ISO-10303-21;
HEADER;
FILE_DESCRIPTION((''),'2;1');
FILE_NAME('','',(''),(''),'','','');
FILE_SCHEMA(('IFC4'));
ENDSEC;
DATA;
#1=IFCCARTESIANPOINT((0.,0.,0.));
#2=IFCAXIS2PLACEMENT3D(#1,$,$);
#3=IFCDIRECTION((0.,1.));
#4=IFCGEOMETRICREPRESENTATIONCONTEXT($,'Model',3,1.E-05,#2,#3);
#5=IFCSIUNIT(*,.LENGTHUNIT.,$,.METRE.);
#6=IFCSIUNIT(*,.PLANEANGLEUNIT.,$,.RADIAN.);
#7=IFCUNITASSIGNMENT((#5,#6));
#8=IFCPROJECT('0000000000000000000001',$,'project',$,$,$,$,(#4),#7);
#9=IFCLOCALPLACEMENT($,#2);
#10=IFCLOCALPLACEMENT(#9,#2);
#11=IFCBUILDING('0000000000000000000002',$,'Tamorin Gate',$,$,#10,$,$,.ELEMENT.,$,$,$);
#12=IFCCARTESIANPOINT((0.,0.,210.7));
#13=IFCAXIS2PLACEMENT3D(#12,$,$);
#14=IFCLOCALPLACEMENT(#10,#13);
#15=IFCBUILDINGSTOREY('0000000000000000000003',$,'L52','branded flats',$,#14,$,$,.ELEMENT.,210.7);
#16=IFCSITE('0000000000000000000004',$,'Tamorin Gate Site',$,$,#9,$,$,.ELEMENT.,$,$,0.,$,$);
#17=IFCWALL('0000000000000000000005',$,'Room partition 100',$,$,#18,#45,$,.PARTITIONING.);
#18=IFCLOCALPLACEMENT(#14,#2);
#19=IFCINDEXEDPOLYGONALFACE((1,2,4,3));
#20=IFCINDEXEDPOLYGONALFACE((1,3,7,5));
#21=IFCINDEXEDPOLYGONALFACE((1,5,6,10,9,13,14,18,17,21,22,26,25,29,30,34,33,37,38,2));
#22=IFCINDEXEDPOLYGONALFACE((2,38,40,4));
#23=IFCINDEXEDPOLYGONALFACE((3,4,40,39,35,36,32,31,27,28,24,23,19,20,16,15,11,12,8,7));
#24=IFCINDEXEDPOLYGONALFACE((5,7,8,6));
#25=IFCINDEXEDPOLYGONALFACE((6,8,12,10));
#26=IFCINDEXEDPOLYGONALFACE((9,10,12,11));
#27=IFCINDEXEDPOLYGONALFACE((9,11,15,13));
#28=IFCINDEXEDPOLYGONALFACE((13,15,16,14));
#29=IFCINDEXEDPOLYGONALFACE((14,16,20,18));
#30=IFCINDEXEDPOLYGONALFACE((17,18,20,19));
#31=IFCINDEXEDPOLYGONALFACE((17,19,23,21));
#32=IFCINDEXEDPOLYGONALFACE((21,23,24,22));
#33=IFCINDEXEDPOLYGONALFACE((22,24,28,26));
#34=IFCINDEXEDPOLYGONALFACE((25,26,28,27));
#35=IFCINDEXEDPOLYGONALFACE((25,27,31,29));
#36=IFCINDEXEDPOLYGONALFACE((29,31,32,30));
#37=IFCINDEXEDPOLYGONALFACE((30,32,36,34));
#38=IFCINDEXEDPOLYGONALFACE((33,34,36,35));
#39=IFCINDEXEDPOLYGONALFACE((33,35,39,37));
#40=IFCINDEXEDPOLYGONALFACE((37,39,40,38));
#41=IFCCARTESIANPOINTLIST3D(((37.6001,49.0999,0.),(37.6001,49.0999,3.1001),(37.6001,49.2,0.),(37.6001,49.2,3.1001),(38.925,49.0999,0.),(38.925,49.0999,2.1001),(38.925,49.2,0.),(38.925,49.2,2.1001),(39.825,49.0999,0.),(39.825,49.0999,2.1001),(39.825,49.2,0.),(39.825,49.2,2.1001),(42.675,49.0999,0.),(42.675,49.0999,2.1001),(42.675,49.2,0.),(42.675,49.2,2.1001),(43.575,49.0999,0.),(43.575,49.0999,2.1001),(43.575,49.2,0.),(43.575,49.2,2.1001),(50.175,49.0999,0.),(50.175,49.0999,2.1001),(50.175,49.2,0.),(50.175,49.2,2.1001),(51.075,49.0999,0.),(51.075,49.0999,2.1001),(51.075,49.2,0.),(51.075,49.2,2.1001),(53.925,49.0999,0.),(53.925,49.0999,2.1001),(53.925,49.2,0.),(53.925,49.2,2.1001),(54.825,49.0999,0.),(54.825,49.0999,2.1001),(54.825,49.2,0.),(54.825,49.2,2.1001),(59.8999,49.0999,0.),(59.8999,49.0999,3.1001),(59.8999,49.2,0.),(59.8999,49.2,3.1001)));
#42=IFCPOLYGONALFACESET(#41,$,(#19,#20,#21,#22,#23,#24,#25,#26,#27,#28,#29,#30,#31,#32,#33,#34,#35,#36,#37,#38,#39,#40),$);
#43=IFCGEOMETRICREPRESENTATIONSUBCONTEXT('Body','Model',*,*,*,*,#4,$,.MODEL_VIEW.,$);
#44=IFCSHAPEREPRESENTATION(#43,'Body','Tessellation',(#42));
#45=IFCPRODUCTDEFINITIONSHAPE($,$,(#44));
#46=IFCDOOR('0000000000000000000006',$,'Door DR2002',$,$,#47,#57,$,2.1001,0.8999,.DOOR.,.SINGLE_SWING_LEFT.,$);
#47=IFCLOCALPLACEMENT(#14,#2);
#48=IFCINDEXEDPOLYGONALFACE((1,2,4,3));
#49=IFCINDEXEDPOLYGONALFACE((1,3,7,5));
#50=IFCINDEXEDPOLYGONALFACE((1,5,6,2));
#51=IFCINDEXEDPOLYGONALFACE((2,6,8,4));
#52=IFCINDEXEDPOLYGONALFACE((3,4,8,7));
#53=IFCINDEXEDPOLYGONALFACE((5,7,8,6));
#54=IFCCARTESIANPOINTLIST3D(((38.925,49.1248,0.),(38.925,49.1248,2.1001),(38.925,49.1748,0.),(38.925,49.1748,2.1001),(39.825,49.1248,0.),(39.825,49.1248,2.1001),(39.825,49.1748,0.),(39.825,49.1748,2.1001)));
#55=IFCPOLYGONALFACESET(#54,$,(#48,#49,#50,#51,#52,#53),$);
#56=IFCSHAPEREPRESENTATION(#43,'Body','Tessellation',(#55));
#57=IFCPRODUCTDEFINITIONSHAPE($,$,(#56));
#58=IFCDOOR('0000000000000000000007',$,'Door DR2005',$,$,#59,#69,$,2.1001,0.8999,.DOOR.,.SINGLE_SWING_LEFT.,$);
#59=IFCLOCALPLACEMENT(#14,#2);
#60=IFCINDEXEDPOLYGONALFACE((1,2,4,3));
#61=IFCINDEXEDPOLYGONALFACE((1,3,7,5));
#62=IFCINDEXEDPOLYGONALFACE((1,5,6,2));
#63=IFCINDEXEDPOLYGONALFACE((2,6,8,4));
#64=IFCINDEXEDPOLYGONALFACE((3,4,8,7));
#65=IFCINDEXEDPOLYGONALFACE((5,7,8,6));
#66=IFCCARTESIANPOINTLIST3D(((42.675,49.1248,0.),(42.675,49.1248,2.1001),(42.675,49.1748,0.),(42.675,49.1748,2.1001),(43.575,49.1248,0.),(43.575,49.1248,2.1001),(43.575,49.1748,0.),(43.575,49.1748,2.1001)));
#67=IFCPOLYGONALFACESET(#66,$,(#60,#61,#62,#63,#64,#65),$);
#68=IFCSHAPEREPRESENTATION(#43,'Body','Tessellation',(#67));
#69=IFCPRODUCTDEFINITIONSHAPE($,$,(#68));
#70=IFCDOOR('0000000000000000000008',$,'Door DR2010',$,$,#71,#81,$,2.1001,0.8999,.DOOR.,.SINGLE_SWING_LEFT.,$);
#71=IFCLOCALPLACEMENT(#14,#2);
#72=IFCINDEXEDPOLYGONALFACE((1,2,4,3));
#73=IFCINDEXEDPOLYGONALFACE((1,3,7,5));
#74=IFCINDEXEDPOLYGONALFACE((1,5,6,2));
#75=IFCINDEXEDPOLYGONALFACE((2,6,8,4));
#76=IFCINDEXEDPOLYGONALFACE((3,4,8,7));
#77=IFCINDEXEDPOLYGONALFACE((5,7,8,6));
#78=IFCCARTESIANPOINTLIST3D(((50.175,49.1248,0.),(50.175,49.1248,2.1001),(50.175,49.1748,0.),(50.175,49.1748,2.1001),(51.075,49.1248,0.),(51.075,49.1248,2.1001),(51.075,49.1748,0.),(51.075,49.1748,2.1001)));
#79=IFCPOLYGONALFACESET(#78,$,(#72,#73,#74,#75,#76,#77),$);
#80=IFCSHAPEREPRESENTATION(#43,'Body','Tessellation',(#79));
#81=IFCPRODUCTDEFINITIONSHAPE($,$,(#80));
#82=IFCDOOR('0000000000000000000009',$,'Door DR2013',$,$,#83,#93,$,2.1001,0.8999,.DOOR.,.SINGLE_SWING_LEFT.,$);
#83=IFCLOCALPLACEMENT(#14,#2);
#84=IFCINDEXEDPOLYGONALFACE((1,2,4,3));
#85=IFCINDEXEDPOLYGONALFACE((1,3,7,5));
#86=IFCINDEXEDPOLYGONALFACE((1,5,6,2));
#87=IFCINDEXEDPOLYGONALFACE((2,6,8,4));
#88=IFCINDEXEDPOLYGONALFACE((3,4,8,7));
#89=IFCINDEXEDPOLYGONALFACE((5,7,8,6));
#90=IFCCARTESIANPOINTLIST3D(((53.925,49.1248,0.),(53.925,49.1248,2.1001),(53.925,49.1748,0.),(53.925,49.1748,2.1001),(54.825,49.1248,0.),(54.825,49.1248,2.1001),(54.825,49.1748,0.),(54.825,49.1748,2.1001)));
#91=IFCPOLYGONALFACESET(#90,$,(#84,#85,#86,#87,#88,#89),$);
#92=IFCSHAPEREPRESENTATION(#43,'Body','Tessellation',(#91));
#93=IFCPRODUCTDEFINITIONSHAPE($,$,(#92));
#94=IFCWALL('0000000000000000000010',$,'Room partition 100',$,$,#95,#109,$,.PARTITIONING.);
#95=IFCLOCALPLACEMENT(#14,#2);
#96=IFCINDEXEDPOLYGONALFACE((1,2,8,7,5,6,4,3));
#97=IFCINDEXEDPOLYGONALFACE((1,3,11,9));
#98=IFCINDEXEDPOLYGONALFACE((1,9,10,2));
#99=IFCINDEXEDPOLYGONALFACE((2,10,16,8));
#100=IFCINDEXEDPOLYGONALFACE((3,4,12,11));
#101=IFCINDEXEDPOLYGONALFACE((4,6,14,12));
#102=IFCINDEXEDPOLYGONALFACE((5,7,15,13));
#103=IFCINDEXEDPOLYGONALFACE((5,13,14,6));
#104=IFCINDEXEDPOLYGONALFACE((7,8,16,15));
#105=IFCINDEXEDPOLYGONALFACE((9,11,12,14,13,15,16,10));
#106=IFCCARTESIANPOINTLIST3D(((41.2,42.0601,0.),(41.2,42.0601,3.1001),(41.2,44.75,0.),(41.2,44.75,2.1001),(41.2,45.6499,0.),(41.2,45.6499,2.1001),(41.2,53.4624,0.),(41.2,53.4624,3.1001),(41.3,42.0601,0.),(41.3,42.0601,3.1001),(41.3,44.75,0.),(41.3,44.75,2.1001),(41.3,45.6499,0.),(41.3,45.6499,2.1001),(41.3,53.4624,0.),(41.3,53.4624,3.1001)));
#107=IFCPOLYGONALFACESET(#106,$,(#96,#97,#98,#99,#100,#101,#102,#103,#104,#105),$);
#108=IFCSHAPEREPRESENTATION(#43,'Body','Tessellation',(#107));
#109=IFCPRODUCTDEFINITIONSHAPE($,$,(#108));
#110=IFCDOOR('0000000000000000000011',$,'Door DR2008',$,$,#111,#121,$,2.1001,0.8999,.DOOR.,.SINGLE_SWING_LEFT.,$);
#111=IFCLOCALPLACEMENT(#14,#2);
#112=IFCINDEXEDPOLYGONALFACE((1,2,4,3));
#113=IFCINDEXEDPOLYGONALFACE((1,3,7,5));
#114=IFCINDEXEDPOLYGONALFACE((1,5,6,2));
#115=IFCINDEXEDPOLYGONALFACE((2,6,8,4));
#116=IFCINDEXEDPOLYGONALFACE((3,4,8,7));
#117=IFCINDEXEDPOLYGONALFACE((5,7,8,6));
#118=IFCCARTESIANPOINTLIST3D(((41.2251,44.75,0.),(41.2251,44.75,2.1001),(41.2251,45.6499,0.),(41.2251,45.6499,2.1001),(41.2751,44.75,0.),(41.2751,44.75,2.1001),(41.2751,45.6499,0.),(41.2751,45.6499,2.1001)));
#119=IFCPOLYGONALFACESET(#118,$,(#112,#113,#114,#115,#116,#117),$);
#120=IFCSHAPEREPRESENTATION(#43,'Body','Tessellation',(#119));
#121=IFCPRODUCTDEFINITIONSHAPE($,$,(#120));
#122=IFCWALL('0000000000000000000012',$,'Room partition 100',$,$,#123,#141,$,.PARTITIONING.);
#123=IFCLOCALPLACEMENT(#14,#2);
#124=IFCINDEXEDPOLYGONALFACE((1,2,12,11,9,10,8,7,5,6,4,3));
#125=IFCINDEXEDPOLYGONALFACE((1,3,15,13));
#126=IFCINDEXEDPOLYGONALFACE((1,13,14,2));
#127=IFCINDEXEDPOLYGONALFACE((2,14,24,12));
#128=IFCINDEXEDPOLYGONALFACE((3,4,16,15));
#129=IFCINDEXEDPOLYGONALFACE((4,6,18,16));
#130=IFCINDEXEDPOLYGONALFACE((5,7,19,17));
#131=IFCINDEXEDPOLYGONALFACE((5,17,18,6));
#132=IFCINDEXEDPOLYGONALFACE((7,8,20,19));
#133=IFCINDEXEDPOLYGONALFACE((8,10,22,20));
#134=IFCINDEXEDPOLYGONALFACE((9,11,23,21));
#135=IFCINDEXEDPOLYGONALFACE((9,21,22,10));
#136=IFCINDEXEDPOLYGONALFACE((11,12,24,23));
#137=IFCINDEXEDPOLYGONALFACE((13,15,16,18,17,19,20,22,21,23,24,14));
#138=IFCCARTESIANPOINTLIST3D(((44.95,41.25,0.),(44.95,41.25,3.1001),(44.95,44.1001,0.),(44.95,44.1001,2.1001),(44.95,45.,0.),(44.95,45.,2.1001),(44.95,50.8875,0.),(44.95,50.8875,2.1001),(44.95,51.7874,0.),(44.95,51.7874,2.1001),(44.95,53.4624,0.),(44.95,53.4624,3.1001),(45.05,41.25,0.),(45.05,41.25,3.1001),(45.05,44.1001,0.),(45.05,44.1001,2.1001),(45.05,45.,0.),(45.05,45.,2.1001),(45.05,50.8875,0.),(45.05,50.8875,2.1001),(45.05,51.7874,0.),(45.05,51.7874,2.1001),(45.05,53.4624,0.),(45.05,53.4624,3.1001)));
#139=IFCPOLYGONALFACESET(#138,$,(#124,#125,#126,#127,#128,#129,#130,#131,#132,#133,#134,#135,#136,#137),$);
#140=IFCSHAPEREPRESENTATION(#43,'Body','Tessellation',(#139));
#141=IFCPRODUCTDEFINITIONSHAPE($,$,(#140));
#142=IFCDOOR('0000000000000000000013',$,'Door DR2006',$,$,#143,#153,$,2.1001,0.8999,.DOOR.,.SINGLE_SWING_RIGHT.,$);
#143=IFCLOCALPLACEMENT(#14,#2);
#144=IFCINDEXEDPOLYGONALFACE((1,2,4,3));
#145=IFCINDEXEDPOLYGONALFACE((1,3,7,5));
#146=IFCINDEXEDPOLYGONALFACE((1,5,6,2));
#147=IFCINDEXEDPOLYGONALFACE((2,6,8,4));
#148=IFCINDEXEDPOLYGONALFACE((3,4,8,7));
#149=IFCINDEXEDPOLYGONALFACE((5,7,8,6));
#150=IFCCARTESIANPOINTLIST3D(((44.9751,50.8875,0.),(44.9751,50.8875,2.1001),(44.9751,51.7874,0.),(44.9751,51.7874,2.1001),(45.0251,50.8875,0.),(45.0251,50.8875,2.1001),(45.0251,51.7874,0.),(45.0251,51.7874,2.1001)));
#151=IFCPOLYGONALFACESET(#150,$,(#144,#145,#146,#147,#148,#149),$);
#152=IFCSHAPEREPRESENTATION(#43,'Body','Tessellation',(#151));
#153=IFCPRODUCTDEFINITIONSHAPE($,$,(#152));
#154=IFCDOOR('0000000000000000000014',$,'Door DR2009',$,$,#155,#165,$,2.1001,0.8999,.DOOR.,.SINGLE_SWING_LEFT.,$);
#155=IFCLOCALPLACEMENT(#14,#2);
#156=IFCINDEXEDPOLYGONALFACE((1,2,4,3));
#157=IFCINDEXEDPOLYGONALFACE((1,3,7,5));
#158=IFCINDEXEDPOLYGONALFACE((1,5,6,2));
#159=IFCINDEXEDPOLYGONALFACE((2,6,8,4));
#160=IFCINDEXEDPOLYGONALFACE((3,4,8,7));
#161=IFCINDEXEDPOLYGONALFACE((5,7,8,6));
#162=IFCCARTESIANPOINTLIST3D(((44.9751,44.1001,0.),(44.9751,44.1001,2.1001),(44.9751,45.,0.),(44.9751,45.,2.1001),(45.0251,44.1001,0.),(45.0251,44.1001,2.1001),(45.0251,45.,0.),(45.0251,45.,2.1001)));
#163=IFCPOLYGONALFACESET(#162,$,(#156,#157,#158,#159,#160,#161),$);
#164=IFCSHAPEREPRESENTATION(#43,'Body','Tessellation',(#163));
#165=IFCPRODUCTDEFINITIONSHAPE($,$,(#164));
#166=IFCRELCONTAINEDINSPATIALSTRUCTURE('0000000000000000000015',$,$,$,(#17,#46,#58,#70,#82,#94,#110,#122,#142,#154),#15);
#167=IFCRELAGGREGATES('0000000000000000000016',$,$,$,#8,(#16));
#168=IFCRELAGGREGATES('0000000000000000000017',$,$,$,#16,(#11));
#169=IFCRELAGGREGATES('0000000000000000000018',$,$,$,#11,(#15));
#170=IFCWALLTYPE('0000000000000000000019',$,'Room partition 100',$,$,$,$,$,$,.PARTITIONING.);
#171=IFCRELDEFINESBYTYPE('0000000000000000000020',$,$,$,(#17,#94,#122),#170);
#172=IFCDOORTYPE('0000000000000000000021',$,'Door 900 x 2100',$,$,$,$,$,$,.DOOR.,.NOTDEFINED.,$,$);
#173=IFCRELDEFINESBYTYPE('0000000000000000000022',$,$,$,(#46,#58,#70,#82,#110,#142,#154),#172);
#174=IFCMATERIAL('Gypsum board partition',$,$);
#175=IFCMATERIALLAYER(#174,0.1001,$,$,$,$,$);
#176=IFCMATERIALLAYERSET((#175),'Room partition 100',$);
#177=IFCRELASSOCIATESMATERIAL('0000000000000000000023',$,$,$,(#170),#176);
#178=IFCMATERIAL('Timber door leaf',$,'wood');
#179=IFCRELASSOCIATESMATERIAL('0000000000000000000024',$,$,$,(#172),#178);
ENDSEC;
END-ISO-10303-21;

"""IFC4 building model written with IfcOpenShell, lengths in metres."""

from ifc_helpers import new_model, si_unit, direction, frame, frame_2d, origin, place, context, subcontext, project, spatial, rectangle, extrude, material, layer, layer_set, type_object, element, fill, save


model = new_model("IFC4")

# Units and contexts
model_context = context("Model", 3, precision=1e-05, world=origin(), true_north=direction((0.0, 1.0)))
body_context = subcontext(model_context, "Body", "Model", "MODEL_VIEW")
ifc_project = project(units=[si_unit("LENGTHUNIT", "METRE"), si_unit("PLANEANGLEUNIT", "RADIAN")], contexts=[model_context])

# Site, building, storey
site_placement = place(None, origin())
site = spatial("IfcSite", under=ifc_project, at=site_placement, Name="Tamorin Gate Site", CompositionType="ELEMENT", RefElevation=0.0)
building_placement = place(site_placement, origin())
building = spatial("IfcBuilding", under=site, at=building_placement, Name="Tamorin Gate", CompositionType="ELEMENT")
storey_placement = place(building_placement, frame((0.0, 0.0, 210.7)))
storey = spatial("IfcBuildingStorey", under=building, at=storey_placement, Name="L52", Description="branded flats", CompositionType="ELEMENT", Elevation=210.7)

# Shared definitions
ifc_material_1 = material(Name="Gypsum board partition")

# Wall, openings, doors
ifc_layer_1 = layer(ifc_material_1, 0.1001)
ifc_layer_set_1 = layer_set([ifc_layer_1], Name="Room partition 100")
wall_type_1 = type_object("IfcWallType", Name="Room partition 100", PredefinedType="PARTITIONING", material=ifc_layer_set_1)
wall_1_placement = place(storey_placement, frame((37.6001, 49.1499, 0.0), z_axis=(0.0, 0.0, 1.0), x_axis=(1.0, 0.0, 0.0)))
wall_1 = element("IfcWall", 1, at=wall_1_placement, inside=storey, type_object=wall_type_1, Name="Room partition 100", PredefinedType="PARTITIONING", context=body_context, shape_type="SweptSolid", body=[
    extrude(rectangle(XDim=22.2998, YDim=0.1001, at=frame_2d((11.1499, 0.0))), origin(), (0.0, 0.0, 1.0), 3.1001),
])
opening_1_placement = place(wall_1_placement, frame((1.325, 0.0, 0.0)))
opening_1 = element("IfcOpeningElement", 2, at=opening_1_placement, cuts=wall_1, PredefinedType="OPENING", context=body_context, shape_type="SweptSolid", body=[
    extrude(rectangle(XDim=0.8999, YDim=2.1001, at=frame_2d((0.45, 1.05))), frame((0.0, 0.0601, 0.0), z_axis=(0.0, -1.0, 0.0), x_axis=(1.0, 0.0, 0.0)), (0.0, 0.0, 1.0), 0.1201),
])
opening_2_placement = place(wall_1_placement, frame((5.075, 0.0, 0.0)))
opening_2 = element("IfcOpeningElement", 3, at=opening_2_placement, cuts=wall_1, PredefinedType="OPENING", context=body_context, shape_type="SweptSolid", body=[
    extrude(rectangle(XDim=0.8999, YDim=2.1001, at=frame_2d((0.45, 1.05))), frame((0.0, 0.0601, 0.0), z_axis=(0.0, -1.0, 0.0), x_axis=(1.0, 0.0, 0.0)), (0.0, 0.0, 1.0), 0.1201),
])
opening_3_placement = place(wall_1_placement, frame((12.575, 0.0, 0.0)))
opening_3 = element("IfcOpeningElement", 4, at=opening_3_placement, cuts=wall_1, PredefinedType="OPENING", context=body_context, shape_type="SweptSolid", body=[
    extrude(rectangle(XDim=0.8999, YDim=2.1001, at=frame_2d((0.45, 1.05))), frame((0.0, 0.0601, 0.0), z_axis=(0.0, -1.0, 0.0), x_axis=(1.0, 0.0, 0.0)), (0.0, 0.0, 1.0), 0.1201),
])
opening_4_placement = place(wall_1_placement, frame((16.325, 0.0, 0.0)))
opening_4 = element("IfcOpeningElement", 5, at=opening_4_placement, cuts=wall_1, PredefinedType="OPENING", context=body_context, shape_type="SweptSolid", body=[
    extrude(rectangle(XDim=0.8999, YDim=2.1001, at=frame_2d((0.45, 1.05))), frame((0.0, 0.0601, 0.0), z_axis=(0.0, -1.0, 0.0), x_axis=(1.0, 0.0, 0.0)), (0.0, 0.0, 1.0), 0.1201),
])
ifc_material_2 = material(Name="Timber door leaf", Category="wood")
door_type = type_object("IfcDoorType", Name="Door 900 x 2100", OperationType="NOTDEFINED", PredefinedType="DOOR", material=ifc_material_2)
door_1_placement = place(opening_1_placement, origin())
door_1 = element("IfcDoor", 6, at=door_1_placement, inside=storey, type_object=door_type, Name="Door DR2002", OperationType="SINGLE_SWING_LEFT", OverallHeight=2.1001, OverallWidth=0.8999, PredefinedType="DOOR", context=body_context, shape_type="SweptSolid", body=[
    extrude(rectangle(XDim=0.8999, YDim=2.1001, at=frame_2d((0.45, 1.05))), frame((0.0, 0.0249, 0.0), z_axis=(0.0, -1.0, 0.0), x_axis=(1.0, 0.0, 0.0)), (0.0, 0.0, 1.0), 0.05),
])
fill(opening_1, door_1)
door_2_placement = place(opening_2_placement, origin())
door_2 = element("IfcDoor", 7, at=door_2_placement, inside=storey, type_object=door_type, Name="Door DR2005", OperationType="SINGLE_SWING_LEFT", OverallHeight=2.1001, OverallWidth=0.8999, PredefinedType="DOOR", context=body_context, shape_type="SweptSolid", body=[
    extrude(rectangle(XDim=0.8999, YDim=2.1001, at=frame_2d((0.45, 1.05))), frame((0.0, 0.0249, 0.0), z_axis=(0.0, -1.0, 0.0), x_axis=(1.0, 0.0, 0.0)), (0.0, 0.0, 1.0), 0.05),
])
fill(opening_2, door_2)
door_3_placement = place(opening_3_placement, origin())
door_3 = element("IfcDoor", 8, at=door_3_placement, inside=storey, type_object=door_type, Name="Door DR2010", OperationType="SINGLE_SWING_LEFT", OverallHeight=2.1001, OverallWidth=0.8999, PredefinedType="DOOR", context=body_context, shape_type="SweptSolid", body=[
    extrude(rectangle(XDim=0.8999, YDim=2.1001, at=frame_2d((0.45, 1.05))), frame((0.0, 0.0249, 0.0), z_axis=(0.0, -1.0, 0.0), x_axis=(1.0, 0.0, 0.0)), (0.0, 0.0, 1.0), 0.05),
])
fill(opening_3, door_3)
door_4_placement = place(opening_4_placement, origin())
door_4 = element("IfcDoor", 9, at=door_4_placement, inside=storey, type_object=door_type, Name="Door DR2013", OperationType="SINGLE_SWING_LEFT", OverallHeight=2.1001, OverallWidth=0.8999, PredefinedType="DOOR", context=body_context, shape_type="SweptSolid", body=[
    extrude(rectangle(XDim=0.8999, YDim=2.1001, at=frame_2d((0.45, 1.05))), frame((0.0, 0.0249, 0.0), z_axis=(0.0, -1.0, 0.0), x_axis=(1.0, 0.0, 0.0)), (0.0, 0.0, 1.0), 0.05),
])
fill(opening_4, door_4)

# Wall, opening, door
wall_2_placement = place(storey_placement, frame((41.25, 42.0601, 0.0), z_axis=(0.0, 0.0, 1.0), x_axis=(0.0, 1.0, 0.0)))
wall_2 = element("IfcWall", 10, at=wall_2_placement, inside=storey, type_object=wall_type_1, Name="Room partition 100", PredefinedType="PARTITIONING", context=body_context, shape_type="SweptSolid", body=[
    extrude(rectangle(XDim=11.4023, YDim=0.1001, at=frame_2d((5.7012, 0.0))), origin(), (0.0, 0.0, 1.0), 3.1001),
])
opening_5_placement = place(wall_2_placement, frame((2.6899, 0.0, 0.0)))
opening_5 = element("IfcOpeningElement", 11, at=opening_5_placement, cuts=wall_2, PredefinedType="OPENING", context=body_context, shape_type="SweptSolid", body=[
    extrude(rectangle(XDim=0.8999, YDim=2.1001, at=frame_2d((0.45, 1.05))), frame((0.0, 0.0601, 0.0), z_axis=(0.0, -1.0, 0.0), x_axis=(1.0, 0.0, 0.0)), (0.0, 0.0, 1.0), 0.1201),
])
door_5_placement = place(opening_5_placement, origin())
door_5 = element("IfcDoor", 12, at=door_5_placement, inside=storey, type_object=door_type, Name="Door DR2008", OperationType="SINGLE_SWING_LEFT", OverallHeight=2.1001, OverallWidth=0.8999, PredefinedType="DOOR", context=body_context, shape_type="SweptSolid", body=[
    extrude(rectangle(XDim=0.8999, YDim=2.1001, at=frame_2d((0.45, 1.05))), frame((0.0, 0.0249, 0.0), z_axis=(0.0, -1.0, 0.0), x_axis=(1.0, 0.0, 0.0)), (0.0, 0.0, 1.0), 0.05),
])
fill(opening_5, door_5)

# Wall, openings, doors
wall_3_placement = place(storey_placement, frame((45.0, 41.25, 0.0), z_axis=(0.0, 0.0, 1.0), x_axis=(0.0, 1.0, 0.0)))
wall_3 = element("IfcWall", 13, at=wall_3_placement, inside=storey, type_object=wall_type_1, Name="Room partition 100", PredefinedType="PARTITIONING", context=body_context, shape_type="SweptSolid", body=[
    extrude(rectangle(XDim=12.2124, YDim=0.1001, at=frame_2d((6.1062, 0.0))), origin(), (0.0, 0.0, 1.0), 3.1001),
])
opening_6_placement = place(wall_3_placement, frame((9.6375, 0.0, 0.0)))
opening_6 = element("IfcOpeningElement", 14, at=opening_6_placement, cuts=wall_3, PredefinedType="OPENING", context=body_context, shape_type="SweptSolid", body=[
    extrude(rectangle(XDim=0.8999, YDim=2.1001, at=frame_2d((0.45, 1.05))), frame((0.0, 0.0601, 0.0), z_axis=(0.0, -1.0, 0.0), x_axis=(1.0, 0.0, 0.0)), (0.0, 0.0, 1.0), 0.1201),
])
opening_7_placement = place(wall_3_placement, frame((2.8501, 0.0, 0.0)))
opening_7 = element("IfcOpeningElement", 15, at=opening_7_placement, cuts=wall_3, PredefinedType="OPENING", context=body_context, shape_type="SweptSolid", body=[
    extrude(rectangle(XDim=0.8999, YDim=2.1001, at=frame_2d((0.45, 1.05))), frame((0.0, 0.0601, 0.0), z_axis=(0.0, -1.0, 0.0), x_axis=(1.0, 0.0, 0.0)), (0.0, 0.0, 1.0), 0.1201),
])
door_6_placement = place(opening_6_placement, origin())
door_6 = element("IfcDoor", 16, at=door_6_placement, inside=storey, type_object=door_type, Name="Door DR2006", OperationType="SINGLE_SWING_RIGHT", OverallHeight=2.1001, OverallWidth=0.8999, PredefinedType="DOOR", context=body_context, shape_type="SweptSolid", body=[
    extrude(rectangle(XDim=0.8999, YDim=2.1001, at=frame_2d((0.45, 1.05))), frame((0.0, 0.0249, 0.0), z_axis=(0.0, -1.0, 0.0), x_axis=(1.0, 0.0, 0.0)), (0.0, 0.0, 1.0), 0.05),
])
fill(opening_6, door_6)
door_7_placement = place(opening_7_placement, origin())
door_7 = element("IfcDoor", 17, at=door_7_placement, inside=storey, type_object=door_type, Name="Door DR2009", OperationType="SINGLE_SWING_LEFT", OverallHeight=2.1001, OverallWidth=0.8999, PredefinedType="DOOR", context=body_context, shape_type="SweptSolid", body=[
    extrude(rectangle(XDim=0.8999, YDim=2.1001, at=frame_2d((0.45, 1.05))), frame((0.0, 0.0249, 0.0), z_axis=(0.0, -1.0, 0.0), x_axis=(1.0, 0.0, 0.0)), (0.0, 0.0, 1.0), 0.05),
])
fill(opening_7, door_7)

save(model, "model.ifc")
